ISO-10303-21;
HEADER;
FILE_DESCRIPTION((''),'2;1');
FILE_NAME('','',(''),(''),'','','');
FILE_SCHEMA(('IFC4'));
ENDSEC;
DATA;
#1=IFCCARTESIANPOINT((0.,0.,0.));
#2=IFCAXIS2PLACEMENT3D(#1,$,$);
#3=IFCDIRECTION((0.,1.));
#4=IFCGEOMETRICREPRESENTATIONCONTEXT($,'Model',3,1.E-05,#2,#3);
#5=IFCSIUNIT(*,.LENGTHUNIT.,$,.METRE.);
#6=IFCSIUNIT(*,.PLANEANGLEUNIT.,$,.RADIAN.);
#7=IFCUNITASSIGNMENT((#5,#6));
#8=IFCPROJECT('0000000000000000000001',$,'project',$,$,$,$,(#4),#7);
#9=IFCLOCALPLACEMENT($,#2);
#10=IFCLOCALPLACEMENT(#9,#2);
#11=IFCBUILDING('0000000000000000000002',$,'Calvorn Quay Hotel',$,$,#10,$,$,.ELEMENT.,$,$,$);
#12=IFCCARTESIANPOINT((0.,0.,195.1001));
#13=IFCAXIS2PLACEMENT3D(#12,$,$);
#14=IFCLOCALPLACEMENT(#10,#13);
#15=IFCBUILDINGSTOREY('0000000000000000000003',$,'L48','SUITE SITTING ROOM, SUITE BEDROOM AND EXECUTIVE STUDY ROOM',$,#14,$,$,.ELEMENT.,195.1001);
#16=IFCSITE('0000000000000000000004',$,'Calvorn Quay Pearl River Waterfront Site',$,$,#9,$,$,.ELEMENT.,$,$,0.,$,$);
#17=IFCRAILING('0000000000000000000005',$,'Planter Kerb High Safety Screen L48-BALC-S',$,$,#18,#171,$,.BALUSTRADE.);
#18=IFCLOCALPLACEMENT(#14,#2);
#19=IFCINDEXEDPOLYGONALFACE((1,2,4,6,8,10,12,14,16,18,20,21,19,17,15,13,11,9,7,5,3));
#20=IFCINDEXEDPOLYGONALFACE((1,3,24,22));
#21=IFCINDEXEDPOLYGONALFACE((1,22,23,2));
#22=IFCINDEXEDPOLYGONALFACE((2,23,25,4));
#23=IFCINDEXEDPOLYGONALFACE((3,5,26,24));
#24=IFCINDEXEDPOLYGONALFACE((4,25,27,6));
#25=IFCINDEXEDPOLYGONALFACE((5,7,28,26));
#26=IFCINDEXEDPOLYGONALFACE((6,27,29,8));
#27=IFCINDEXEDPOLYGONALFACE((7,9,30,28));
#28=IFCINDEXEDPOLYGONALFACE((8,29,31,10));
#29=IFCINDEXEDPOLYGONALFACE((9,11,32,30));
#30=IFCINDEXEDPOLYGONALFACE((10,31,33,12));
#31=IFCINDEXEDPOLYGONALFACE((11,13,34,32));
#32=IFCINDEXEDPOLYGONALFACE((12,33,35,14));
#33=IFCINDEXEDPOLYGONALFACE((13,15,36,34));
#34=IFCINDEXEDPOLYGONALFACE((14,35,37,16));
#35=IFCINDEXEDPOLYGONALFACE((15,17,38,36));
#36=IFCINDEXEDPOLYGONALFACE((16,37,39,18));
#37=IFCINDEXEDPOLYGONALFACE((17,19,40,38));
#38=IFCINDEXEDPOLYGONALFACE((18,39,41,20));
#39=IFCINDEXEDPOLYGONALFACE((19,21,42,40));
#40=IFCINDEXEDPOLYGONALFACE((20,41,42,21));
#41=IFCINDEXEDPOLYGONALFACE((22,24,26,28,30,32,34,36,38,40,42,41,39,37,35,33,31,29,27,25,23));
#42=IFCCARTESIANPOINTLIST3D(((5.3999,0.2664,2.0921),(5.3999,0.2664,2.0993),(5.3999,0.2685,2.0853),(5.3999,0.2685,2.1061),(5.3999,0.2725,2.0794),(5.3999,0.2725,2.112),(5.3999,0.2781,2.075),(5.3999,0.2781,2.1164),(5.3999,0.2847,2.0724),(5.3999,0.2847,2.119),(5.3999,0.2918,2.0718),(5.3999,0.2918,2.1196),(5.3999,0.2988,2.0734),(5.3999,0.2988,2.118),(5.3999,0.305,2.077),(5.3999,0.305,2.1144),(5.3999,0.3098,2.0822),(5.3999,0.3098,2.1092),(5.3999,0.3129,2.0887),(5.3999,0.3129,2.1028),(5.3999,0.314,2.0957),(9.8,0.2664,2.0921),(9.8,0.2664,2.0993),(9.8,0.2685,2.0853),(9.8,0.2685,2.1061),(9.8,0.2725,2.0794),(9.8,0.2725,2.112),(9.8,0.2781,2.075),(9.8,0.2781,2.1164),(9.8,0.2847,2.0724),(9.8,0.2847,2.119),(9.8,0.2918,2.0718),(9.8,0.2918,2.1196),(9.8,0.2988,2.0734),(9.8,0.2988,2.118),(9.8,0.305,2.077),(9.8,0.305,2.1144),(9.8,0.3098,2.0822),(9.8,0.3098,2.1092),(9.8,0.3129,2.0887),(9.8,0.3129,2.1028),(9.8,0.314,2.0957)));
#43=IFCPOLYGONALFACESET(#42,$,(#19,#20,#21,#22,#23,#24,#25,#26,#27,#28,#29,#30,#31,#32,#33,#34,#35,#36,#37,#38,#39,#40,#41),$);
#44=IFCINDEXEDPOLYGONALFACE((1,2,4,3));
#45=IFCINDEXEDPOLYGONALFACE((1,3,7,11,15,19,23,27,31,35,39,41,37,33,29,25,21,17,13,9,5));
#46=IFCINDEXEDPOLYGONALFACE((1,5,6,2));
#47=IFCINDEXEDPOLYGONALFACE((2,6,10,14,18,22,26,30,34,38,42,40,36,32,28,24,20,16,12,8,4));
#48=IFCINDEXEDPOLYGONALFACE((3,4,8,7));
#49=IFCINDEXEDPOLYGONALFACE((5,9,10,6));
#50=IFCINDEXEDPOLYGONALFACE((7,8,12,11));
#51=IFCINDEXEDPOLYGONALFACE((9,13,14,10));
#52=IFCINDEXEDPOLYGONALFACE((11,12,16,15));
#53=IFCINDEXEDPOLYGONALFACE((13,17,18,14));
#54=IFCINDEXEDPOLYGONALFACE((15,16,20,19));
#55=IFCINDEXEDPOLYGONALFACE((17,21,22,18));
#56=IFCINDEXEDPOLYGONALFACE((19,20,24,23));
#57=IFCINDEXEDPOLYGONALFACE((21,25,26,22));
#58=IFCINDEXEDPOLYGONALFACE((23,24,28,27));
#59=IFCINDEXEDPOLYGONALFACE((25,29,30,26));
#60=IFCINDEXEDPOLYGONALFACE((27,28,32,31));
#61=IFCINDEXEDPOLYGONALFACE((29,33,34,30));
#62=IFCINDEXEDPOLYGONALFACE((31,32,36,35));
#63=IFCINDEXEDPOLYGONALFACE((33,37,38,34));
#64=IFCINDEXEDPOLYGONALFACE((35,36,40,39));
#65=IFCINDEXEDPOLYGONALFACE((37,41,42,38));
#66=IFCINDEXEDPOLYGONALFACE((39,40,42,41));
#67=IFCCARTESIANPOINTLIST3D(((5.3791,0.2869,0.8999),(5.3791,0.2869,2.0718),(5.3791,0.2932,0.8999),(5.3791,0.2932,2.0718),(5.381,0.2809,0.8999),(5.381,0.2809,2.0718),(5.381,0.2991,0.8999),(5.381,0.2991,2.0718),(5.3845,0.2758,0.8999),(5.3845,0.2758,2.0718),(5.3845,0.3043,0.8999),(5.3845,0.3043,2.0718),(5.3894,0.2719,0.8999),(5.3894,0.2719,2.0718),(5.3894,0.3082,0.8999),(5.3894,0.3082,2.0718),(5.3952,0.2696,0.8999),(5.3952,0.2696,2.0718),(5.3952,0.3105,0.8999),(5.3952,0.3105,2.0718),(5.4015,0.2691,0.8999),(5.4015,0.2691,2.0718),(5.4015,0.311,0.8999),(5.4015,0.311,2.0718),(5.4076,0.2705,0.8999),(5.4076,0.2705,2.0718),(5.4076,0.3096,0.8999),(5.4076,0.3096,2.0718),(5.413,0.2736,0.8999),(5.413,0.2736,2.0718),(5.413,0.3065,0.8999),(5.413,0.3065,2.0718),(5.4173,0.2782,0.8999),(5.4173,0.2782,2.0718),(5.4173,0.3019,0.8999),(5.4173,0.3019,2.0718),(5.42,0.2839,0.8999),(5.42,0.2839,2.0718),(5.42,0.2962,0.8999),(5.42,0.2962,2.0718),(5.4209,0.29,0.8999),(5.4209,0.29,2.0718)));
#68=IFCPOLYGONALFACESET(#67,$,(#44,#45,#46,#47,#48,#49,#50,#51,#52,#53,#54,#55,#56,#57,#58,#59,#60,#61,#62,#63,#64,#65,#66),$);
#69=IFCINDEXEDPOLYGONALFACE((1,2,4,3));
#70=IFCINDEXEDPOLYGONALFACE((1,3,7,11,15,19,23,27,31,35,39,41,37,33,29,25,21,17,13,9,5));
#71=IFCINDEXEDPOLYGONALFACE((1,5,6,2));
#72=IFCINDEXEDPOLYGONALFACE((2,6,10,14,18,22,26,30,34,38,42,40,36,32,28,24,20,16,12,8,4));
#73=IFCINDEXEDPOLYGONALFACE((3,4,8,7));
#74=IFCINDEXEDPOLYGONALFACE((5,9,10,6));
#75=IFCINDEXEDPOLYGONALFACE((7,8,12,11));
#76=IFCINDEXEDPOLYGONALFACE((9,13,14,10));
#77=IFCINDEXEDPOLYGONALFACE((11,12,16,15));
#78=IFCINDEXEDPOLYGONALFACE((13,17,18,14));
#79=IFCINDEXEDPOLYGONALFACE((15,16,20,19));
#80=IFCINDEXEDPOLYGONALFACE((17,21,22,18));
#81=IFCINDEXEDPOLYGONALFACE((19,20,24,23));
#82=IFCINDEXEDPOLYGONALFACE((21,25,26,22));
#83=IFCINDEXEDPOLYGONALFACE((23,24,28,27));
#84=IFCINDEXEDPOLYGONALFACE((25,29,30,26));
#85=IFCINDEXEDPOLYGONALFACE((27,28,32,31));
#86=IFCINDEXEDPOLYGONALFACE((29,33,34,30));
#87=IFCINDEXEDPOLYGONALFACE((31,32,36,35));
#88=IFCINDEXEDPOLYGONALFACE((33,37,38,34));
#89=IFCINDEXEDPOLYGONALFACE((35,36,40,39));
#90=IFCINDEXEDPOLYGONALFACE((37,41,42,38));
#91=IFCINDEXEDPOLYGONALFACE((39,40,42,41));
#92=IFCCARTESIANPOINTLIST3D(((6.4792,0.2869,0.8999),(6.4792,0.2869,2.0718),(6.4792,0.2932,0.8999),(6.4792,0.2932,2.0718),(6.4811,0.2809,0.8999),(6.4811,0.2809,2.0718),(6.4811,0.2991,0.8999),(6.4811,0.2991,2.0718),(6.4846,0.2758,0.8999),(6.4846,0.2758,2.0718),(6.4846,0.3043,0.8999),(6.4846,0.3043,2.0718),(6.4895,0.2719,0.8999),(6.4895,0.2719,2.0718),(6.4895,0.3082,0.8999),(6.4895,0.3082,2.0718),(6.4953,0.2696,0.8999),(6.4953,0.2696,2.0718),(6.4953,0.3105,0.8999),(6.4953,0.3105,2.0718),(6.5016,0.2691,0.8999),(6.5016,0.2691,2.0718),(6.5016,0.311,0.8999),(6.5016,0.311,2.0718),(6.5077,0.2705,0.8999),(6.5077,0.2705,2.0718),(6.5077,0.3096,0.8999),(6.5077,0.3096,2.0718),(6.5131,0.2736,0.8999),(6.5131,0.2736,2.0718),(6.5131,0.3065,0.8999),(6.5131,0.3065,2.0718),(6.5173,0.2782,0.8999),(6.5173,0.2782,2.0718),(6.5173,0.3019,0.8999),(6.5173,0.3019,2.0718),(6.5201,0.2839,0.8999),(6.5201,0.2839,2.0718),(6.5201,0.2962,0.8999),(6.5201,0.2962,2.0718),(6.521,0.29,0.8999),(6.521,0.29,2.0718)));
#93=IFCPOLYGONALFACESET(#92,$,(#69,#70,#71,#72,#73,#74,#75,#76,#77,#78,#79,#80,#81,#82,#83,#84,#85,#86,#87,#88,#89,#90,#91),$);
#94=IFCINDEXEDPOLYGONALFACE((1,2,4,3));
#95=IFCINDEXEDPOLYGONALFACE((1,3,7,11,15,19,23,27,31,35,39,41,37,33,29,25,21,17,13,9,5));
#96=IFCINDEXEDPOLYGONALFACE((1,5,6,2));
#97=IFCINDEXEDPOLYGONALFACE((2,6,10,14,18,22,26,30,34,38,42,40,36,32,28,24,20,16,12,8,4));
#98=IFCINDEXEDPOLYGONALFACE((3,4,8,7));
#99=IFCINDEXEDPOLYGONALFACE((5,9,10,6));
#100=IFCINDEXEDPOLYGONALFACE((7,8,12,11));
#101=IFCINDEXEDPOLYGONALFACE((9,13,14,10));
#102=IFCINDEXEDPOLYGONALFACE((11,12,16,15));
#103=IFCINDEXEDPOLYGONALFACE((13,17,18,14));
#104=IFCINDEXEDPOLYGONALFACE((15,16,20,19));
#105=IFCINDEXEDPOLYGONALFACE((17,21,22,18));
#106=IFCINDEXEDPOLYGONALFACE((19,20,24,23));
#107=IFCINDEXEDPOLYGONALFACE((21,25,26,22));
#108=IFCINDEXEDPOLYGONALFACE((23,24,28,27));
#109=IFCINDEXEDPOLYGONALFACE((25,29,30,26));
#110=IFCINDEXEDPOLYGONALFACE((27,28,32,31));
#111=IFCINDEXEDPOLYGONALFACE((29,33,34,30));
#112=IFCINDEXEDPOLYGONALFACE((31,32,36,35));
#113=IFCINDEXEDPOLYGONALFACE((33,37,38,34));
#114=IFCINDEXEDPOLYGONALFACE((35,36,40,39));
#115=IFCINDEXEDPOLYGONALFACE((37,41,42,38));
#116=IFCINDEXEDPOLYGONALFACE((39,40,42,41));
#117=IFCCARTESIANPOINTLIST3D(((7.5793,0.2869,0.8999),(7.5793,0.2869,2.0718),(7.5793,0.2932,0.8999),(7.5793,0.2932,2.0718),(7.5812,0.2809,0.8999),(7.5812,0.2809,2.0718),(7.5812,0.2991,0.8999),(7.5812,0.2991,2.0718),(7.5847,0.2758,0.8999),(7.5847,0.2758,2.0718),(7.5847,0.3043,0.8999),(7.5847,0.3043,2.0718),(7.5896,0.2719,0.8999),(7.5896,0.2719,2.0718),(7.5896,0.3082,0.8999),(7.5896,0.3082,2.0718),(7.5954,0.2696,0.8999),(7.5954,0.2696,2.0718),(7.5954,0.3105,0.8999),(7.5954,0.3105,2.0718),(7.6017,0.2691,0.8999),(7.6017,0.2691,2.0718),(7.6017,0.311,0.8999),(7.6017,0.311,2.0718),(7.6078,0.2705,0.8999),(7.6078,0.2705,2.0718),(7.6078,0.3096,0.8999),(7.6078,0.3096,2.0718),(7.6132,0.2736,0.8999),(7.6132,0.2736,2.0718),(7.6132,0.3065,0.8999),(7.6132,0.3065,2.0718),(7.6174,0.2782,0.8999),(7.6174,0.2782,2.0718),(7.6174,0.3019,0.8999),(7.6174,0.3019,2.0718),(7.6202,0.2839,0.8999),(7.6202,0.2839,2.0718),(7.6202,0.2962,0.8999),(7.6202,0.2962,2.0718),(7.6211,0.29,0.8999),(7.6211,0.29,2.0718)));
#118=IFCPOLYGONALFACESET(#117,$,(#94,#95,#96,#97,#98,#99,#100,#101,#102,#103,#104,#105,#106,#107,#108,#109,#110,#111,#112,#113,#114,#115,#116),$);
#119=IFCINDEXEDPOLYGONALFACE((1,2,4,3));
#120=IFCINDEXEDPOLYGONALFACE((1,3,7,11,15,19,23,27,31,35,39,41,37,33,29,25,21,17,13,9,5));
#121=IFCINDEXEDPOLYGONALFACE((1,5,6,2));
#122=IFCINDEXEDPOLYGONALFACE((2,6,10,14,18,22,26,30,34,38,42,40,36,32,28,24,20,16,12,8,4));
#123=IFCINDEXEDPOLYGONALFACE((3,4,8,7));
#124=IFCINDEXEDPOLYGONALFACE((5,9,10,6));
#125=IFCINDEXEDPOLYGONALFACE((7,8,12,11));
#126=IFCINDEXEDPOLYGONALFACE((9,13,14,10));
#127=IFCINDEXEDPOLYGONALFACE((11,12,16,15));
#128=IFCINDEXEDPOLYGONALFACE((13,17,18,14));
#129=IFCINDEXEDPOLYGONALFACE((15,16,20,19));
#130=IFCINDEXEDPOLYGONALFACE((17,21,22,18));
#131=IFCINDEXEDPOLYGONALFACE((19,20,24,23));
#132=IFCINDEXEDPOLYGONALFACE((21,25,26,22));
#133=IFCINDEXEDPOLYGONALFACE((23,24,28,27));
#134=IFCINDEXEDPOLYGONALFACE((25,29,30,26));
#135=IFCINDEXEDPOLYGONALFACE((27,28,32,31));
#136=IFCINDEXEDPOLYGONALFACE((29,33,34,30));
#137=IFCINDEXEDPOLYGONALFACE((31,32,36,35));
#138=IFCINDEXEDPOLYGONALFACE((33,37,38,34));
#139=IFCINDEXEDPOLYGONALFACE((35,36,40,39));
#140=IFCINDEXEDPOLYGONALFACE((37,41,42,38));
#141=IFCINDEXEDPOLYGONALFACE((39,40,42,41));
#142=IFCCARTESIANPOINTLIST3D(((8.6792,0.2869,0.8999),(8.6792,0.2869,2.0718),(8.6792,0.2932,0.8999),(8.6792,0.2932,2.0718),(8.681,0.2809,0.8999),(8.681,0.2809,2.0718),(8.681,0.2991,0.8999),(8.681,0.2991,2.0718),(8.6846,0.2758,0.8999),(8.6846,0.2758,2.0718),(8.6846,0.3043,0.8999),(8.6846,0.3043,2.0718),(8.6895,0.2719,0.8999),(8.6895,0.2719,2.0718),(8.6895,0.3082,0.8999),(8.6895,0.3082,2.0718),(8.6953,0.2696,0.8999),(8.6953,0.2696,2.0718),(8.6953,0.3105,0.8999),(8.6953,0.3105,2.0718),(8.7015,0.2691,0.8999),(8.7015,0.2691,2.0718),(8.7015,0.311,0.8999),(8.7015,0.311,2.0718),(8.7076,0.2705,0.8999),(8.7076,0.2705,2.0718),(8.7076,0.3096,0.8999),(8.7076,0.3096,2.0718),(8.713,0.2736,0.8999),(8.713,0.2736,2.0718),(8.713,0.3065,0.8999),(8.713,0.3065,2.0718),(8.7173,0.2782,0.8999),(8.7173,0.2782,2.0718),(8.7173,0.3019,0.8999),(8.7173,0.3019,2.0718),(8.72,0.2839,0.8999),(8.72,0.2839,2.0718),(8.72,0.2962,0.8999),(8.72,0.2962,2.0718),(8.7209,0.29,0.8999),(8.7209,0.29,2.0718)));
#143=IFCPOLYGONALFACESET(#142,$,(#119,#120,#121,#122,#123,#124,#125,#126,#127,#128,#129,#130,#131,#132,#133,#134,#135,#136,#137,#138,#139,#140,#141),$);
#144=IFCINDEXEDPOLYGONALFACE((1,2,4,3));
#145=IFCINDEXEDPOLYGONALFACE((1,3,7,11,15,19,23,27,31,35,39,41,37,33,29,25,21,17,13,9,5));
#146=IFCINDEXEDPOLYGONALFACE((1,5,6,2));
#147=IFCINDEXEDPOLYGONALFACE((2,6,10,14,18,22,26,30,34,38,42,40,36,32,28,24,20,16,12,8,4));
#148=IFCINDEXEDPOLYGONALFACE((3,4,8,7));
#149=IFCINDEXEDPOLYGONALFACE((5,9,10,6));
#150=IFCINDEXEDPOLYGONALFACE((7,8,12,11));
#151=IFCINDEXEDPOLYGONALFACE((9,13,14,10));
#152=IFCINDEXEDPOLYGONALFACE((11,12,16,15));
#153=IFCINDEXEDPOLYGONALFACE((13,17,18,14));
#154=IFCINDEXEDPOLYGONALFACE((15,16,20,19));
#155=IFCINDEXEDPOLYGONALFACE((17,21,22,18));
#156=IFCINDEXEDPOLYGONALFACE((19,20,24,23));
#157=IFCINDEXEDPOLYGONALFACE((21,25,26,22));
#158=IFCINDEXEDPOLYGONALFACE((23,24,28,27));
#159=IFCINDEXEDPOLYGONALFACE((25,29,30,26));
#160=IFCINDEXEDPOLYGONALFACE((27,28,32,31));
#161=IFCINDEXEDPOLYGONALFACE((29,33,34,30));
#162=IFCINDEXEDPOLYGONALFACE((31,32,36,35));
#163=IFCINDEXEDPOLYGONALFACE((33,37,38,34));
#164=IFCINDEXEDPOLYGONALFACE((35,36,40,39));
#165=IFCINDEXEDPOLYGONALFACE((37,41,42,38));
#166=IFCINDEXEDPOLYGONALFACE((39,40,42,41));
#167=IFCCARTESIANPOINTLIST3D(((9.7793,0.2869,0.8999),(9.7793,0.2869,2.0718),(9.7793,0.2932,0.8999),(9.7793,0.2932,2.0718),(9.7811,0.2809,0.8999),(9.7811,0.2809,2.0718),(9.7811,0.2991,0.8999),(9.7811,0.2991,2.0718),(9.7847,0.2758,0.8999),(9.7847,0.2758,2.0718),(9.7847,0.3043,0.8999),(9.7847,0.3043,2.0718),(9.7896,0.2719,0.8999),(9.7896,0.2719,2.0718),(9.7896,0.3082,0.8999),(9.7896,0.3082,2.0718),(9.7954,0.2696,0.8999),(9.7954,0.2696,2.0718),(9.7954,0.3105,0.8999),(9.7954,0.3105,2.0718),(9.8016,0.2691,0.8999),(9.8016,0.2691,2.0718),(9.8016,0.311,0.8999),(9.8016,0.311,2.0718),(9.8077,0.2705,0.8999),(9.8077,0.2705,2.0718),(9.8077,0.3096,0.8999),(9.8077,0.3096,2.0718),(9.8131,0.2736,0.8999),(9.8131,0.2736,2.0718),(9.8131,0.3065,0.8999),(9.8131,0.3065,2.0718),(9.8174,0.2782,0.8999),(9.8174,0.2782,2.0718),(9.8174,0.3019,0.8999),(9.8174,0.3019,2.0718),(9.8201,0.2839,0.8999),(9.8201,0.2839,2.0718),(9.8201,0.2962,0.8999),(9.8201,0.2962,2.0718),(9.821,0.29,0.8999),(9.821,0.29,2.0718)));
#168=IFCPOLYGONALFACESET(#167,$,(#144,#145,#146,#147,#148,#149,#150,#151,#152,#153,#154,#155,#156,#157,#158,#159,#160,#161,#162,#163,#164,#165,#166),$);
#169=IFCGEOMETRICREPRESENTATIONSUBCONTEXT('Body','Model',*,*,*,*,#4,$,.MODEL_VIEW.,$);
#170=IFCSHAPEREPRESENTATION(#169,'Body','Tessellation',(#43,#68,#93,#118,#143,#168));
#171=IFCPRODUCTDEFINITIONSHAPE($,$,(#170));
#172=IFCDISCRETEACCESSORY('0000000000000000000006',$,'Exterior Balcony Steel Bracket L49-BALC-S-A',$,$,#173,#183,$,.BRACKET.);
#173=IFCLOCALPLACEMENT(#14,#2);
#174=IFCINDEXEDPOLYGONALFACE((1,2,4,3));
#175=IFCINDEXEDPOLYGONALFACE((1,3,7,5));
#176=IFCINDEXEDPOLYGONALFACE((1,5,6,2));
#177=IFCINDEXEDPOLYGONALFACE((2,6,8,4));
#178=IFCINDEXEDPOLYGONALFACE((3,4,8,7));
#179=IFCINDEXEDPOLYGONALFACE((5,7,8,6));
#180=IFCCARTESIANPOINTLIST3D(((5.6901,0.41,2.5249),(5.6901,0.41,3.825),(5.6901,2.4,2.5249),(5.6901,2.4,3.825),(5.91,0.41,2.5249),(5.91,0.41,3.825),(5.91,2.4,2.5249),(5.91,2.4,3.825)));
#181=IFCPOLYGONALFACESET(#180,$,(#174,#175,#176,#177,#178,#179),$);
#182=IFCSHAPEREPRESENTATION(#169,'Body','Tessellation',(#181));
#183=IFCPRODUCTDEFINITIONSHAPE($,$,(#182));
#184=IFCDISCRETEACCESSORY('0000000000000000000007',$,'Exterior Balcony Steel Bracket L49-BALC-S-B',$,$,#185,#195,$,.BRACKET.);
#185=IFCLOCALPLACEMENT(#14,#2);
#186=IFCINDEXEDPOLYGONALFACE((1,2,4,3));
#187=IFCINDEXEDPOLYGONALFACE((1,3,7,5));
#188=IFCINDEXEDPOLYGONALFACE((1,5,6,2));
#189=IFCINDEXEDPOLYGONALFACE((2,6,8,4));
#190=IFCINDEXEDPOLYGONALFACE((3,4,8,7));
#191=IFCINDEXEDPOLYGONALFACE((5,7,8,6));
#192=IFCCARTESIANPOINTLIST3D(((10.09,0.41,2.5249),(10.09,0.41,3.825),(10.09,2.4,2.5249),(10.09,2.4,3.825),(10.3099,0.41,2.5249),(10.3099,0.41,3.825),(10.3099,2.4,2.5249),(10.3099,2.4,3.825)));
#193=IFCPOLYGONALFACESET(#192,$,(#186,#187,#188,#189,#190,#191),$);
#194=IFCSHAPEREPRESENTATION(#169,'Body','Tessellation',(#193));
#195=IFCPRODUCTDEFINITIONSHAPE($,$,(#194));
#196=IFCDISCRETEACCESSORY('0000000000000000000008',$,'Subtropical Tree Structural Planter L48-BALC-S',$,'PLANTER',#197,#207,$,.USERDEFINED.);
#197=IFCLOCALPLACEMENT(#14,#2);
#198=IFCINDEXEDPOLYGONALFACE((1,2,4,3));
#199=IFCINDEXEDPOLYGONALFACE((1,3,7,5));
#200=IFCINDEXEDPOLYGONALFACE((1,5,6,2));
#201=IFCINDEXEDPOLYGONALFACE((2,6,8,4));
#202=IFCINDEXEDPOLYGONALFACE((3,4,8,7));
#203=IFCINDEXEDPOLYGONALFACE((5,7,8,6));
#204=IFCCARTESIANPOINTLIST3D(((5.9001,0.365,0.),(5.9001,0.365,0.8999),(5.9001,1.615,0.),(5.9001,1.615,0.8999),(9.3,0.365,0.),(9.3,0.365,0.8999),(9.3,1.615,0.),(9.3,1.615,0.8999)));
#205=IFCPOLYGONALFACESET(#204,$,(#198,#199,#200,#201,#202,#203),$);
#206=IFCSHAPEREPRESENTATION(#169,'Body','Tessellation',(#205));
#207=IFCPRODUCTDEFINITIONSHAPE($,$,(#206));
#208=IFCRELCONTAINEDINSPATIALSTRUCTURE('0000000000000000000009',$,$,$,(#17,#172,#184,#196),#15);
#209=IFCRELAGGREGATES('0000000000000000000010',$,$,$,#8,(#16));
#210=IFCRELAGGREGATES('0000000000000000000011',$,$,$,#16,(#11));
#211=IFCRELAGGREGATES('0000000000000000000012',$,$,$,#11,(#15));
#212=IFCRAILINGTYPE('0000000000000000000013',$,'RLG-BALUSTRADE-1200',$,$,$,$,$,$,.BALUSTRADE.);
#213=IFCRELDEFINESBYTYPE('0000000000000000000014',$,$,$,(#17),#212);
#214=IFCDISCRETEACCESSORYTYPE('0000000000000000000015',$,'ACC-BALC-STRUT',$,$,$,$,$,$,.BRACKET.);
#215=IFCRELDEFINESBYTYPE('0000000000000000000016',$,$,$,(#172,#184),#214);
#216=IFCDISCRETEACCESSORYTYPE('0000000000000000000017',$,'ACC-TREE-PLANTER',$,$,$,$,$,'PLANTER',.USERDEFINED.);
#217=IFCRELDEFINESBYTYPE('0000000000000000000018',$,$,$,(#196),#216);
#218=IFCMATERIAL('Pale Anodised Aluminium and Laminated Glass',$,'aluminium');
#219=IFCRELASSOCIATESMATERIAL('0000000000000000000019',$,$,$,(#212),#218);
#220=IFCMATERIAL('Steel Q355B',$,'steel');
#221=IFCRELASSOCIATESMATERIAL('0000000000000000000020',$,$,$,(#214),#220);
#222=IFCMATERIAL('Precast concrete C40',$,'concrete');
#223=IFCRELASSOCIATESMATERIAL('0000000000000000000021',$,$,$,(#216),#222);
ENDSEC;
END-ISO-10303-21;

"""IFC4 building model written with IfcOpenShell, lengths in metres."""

from ifc_helpers import new_model, si_unit, direction, frame, origin, origin_2d, place, context, subcontext, project, spatial, rectangle, circle, extrude, material, type_object, element, save


model = new_model("IFC4")

# Units and contexts
model_context = context("Model", 3, precision=1e-05, world=origin(), true_north=direction((0.0, 1.0)))
body_context = subcontext(model_context, "Body", "Model", "MODEL_VIEW")
ifc_project = project(units=[si_unit("LENGTHUNIT", "METRE"), si_unit("PLANEANGLEUNIT", "RADIAN")], contexts=[model_context])

# Site, building, storey
site_placement = place(None, origin())
site = spatial("IfcSite", under=ifc_project, at=site_placement, Name="Calvorn Quay Pearl River Waterfront Site", CompositionType="ELEMENT", RefElevation=0.0)
building_placement = place(site_placement, origin())
building = spatial("IfcBuilding", under=site, at=building_placement, Name="Calvorn Quay Hotel", CompositionType="ELEMENT")
storey_placement = place(building_placement, frame((0.0, 0.0, 195.1001)))
storey = spatial("IfcBuildingStorey", under=building, at=storey_placement, Name="L48", Description="SUITE SITTING ROOM, SUITE BEDROOM AND EXECUTIVE STUDY ROOM", CompositionType="ELEMENT", Elevation=195.1001)

# Railing
ifc_material_1 = material(Name="Pale Anodised Aluminium and Laminated Glass", Category="aluminium")
railing_type = type_object("IfcRailingType", Name="RLG-BALUSTRADE-1200", PredefinedType="BALUSTRADE", material=ifc_material_1)
railing_1_placement = place(storey_placement, frame((5.3999, 0.29, 0.8999)))
element("IfcRailing", 1, at=railing_1_placement, inside=storey, type_object=railing_type, Name="Planter Kerb High Safety Screen L48-BALC-S", PredefinedType="BALUSTRADE", context=body_context, shape_type="SweptSolid", body=[
    extrude(circle(Radius=0.0239, at=origin_2d()), frame((0.0, 0.0, 1.1958), z_axis=(1.0, 0.0, 0.0), x_axis=(0.0, 1.0, 0.0)), (0.0, 0.0, 1.0), 4.4001),
    extrude(circle(Radius=0.021, at=origin_2d()), origin(), (0.0, 0.0, 1.0), 1.1719),
    extrude(circle(Radius=0.021, at=origin_2d()), frame((1.1001, 0.0, 0.0)), (0.0, 0.0, 1.0), 1.1719),
    extrude(circle(Radius=0.021, at=origin_2d()), frame((2.2002, 0.0, 0.0)), (0.0, 0.0, 1.0), 1.1719),
    extrude(circle(Radius=0.021, at=origin_2d()), frame((3.3, 0.0, 0.0)), (0.0, 0.0, 1.0), 1.1719),
    extrude(circle(Radius=0.021, at=origin_2d()), frame((4.4001, 0.0, 0.0)), (0.0, 0.0, 1.0), 1.1719),
])

# Discrete accessories
ifc_material_2 = material(Name="Steel Q355B", Category="steel")
discrete_accessory_type_1 = type_object("IfcDiscreteAccessoryType", Name="ACC-BALC-STRUT", PredefinedType="BRACKET", material=ifc_material_2)
for number, where, z_axis, x_axis, name in (
    (2, (5.8, 1.405, 2.5249), (0.0, 0.0, 1.0), (1.0, 0.0, 0.0), "Exterior Balcony Steel Bracket L49-BALC-S-A"),
    (3, (10.2, 1.405, 2.5249), (0.0, 0.0, 1.0), (1.0, 0.0, 0.0), "Exterior Balcony Steel Bracket L49-BALC-S-B"),
):
    element("IfcDiscreteAccessory", number, at=place(storey_placement, frame(where, z_axis=z_axis, x_axis=x_axis)), inside=storey, type_object=discrete_accessory_type_1, Name=name, PredefinedType="BRACKET", context=body_context, shape_type="SweptSolid", body=[
        extrude(rectangle(XDim=0.22, YDim=1.99, at=origin_2d()), origin(), (0.0, 0.0, 1.0), 1.3),
    ])
ifc_material_3 = material(Name="Precast concrete C40", Category="concrete")
discrete_accessory_type_2 = type_object("IfcDiscreteAccessoryType", Name="ACC-TREE-PLANTER", ElementType="PLANTER", PredefinedType="USERDEFINED", material=ifc_material_3)
discrete_accessory_placement = place(storey_placement, frame((7.6001, 0.99, 0.0), z_axis=(0.0, 0.0, 1.0), x_axis=(1.0, 0.0, 0.0)))
element("IfcDiscreteAccessory", 4, at=discrete_accessory_placement, inside=storey, type_object=discrete_accessory_type_2, Name="Subtropical Tree Structural Planter L48-BALC-S", ObjectType="PLANTER", PredefinedType="USERDEFINED", context=body_context, shape_type="SweptSolid", body=[
    extrude(rectangle(XDim=3.3999, YDim=1.25, at=origin_2d()), origin(), (0.0, 0.0, 1.0), 0.8999),
])

save(model, "model.ifc")
